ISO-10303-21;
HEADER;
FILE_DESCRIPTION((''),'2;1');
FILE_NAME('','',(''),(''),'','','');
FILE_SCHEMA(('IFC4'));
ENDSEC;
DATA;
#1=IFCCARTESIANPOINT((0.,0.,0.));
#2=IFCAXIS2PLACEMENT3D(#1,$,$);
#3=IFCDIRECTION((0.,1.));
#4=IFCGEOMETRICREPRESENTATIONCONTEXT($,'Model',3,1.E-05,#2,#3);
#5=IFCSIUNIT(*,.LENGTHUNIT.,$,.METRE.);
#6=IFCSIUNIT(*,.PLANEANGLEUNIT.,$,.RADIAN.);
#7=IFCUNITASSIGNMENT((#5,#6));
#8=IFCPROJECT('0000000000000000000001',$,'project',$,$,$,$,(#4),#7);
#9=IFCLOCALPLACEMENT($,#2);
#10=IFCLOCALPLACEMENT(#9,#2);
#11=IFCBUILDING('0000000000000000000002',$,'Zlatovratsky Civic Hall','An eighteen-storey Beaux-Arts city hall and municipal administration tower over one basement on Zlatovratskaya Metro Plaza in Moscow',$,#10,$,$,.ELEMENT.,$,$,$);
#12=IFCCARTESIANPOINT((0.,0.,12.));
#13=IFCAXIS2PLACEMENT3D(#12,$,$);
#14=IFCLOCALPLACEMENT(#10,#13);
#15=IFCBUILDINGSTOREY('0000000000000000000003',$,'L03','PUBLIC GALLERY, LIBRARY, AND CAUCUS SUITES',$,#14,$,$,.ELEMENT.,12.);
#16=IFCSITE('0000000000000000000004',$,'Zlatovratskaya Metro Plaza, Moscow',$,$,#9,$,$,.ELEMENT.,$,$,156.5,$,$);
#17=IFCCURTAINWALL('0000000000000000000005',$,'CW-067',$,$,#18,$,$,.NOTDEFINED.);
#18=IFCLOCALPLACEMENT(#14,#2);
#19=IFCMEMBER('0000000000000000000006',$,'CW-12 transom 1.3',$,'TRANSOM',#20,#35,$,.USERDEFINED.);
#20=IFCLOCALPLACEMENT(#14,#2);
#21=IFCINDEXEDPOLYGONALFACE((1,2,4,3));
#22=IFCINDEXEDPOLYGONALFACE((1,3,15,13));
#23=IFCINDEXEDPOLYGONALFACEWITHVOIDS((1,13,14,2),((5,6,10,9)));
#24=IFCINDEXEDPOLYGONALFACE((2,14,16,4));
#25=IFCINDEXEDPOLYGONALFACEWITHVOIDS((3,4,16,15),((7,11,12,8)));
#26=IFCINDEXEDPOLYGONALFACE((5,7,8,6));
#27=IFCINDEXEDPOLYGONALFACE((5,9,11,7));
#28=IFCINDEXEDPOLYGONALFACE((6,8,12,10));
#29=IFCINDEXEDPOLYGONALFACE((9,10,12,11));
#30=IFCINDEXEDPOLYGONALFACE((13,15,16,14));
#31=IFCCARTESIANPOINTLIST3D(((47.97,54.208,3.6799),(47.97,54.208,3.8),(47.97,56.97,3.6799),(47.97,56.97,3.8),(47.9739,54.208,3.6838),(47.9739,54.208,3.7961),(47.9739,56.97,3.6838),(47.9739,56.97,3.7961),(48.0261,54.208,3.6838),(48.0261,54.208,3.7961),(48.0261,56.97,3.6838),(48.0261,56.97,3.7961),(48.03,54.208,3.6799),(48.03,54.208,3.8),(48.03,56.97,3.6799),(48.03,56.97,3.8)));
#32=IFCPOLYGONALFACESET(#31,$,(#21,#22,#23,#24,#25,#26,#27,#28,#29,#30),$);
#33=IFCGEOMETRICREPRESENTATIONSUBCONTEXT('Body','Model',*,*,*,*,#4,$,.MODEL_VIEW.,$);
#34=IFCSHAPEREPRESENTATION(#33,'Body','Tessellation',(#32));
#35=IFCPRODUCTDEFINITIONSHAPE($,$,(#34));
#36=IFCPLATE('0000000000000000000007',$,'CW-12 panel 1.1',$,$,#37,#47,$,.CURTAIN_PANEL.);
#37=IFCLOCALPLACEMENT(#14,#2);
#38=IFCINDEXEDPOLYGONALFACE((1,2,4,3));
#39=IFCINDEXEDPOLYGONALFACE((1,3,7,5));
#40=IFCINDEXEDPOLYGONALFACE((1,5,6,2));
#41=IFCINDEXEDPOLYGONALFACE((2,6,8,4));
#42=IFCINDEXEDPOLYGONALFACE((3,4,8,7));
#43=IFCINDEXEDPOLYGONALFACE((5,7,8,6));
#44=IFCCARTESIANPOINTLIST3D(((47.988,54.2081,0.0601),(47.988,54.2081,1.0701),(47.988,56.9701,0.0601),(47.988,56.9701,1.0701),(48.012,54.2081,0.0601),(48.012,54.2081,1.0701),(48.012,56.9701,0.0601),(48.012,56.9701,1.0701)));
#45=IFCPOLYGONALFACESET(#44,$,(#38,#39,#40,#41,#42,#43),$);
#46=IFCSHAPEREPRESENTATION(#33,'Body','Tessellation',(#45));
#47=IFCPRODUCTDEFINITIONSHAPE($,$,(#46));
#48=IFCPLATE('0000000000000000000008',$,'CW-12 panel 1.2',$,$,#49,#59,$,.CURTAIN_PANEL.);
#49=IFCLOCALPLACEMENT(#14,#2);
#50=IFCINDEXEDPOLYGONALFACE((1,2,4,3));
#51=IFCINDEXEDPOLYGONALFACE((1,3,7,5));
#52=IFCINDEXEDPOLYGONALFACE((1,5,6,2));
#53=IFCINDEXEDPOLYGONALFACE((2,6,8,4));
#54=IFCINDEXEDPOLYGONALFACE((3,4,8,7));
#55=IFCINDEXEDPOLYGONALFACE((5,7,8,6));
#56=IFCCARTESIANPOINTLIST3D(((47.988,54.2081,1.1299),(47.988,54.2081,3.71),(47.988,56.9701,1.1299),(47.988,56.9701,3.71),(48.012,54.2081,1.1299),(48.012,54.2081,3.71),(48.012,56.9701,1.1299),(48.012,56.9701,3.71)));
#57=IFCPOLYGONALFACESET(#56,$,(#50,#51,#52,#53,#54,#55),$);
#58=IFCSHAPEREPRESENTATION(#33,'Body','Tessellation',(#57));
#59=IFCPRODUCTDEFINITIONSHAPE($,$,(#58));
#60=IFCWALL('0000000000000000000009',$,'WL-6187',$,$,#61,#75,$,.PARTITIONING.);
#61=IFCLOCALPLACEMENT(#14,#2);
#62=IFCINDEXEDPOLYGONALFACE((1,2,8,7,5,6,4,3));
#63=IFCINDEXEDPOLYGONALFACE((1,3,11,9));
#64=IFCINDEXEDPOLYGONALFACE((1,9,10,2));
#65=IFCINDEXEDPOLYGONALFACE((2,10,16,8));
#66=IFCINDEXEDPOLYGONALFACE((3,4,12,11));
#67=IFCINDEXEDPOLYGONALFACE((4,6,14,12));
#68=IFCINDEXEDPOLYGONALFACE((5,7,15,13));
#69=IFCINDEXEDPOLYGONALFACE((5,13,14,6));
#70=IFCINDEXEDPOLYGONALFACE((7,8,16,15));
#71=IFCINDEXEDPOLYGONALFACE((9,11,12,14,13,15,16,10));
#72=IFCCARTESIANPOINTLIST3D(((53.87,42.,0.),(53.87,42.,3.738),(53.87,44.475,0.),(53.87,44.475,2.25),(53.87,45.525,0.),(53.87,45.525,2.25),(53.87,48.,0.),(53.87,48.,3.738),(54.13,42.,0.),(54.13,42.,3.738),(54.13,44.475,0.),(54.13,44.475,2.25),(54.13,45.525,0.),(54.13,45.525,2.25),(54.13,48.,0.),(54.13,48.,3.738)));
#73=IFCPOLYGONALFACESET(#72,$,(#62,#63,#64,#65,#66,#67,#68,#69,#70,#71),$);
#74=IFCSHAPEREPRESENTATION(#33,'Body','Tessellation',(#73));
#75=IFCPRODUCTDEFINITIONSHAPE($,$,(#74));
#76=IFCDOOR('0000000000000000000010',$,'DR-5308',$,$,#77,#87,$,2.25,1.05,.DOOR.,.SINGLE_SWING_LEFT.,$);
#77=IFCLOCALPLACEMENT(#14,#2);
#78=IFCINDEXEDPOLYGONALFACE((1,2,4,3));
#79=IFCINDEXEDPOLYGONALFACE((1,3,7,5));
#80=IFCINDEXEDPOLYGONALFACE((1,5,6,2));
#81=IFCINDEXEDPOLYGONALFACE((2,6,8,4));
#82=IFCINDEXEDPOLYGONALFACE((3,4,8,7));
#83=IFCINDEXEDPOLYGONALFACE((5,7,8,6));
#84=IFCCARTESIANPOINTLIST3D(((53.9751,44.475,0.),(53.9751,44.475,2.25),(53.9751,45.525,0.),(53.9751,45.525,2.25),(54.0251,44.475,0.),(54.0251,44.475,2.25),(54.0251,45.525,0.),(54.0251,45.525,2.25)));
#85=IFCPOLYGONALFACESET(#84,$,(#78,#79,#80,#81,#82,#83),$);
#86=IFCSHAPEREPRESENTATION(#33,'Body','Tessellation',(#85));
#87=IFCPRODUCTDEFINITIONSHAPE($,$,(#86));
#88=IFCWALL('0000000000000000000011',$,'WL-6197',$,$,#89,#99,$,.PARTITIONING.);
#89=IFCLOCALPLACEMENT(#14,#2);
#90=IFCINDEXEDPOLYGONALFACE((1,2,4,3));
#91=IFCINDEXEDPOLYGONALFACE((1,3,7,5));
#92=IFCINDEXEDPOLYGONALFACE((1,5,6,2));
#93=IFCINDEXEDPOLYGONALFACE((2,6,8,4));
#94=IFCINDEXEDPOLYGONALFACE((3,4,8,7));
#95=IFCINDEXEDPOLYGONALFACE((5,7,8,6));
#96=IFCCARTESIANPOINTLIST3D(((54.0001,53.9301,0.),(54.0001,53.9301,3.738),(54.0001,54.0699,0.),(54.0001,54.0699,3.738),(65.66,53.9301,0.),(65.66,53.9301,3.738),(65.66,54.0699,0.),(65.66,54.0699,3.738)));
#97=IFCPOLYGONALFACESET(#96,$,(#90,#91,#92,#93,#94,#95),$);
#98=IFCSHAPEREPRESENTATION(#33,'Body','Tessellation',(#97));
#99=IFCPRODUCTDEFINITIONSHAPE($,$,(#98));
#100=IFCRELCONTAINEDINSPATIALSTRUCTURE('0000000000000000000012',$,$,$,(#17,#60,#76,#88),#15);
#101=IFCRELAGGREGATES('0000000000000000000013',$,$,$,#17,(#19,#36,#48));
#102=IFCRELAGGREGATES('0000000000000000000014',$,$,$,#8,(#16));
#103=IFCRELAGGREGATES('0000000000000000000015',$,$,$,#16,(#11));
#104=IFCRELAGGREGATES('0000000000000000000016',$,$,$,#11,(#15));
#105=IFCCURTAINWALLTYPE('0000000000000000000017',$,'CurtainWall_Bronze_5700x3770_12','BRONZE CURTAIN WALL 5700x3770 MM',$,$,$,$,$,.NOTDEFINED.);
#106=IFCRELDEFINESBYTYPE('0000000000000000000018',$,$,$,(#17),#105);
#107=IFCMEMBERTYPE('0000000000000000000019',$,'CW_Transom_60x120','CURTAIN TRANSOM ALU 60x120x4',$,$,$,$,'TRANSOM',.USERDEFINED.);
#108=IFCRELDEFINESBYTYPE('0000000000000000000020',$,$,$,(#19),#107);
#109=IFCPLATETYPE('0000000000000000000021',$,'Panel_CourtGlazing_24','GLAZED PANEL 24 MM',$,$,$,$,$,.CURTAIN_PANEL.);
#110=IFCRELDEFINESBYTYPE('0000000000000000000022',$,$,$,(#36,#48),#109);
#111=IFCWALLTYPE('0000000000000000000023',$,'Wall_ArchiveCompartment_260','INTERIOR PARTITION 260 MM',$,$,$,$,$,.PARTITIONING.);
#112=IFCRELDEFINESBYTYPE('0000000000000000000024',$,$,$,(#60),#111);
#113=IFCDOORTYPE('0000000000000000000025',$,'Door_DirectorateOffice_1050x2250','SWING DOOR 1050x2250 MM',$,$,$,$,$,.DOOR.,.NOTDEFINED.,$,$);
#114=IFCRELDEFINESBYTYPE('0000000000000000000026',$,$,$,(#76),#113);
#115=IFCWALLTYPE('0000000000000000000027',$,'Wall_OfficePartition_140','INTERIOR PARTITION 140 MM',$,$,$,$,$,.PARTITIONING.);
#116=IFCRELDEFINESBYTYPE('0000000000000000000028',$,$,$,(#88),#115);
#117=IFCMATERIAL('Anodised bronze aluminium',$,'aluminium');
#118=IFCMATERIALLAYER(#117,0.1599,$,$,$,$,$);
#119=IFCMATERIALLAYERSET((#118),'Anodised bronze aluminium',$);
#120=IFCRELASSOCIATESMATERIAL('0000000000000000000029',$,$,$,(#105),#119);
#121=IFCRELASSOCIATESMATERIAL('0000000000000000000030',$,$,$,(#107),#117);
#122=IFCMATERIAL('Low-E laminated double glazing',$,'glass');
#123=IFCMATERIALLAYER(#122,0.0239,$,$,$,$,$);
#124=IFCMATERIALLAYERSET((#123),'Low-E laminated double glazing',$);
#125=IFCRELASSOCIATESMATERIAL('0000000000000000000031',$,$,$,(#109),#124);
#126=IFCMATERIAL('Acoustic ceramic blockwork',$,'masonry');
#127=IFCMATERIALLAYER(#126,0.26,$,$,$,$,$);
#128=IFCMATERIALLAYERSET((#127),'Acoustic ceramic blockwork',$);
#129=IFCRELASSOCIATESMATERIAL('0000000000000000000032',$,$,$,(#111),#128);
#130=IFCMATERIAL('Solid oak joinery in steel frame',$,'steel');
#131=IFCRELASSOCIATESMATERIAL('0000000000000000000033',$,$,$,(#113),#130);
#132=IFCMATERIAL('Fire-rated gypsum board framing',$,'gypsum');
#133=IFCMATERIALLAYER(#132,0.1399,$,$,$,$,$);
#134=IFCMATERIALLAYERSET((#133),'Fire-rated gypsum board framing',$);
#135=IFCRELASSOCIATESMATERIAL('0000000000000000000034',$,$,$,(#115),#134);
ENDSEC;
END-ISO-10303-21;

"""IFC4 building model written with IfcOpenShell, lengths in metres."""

from ifc_helpers import new_model, si_unit, direction, frame, frame_2d, origin, origin_2d, place, context, subcontext, project, spatial, rectangle, hollow_rectangle, extrude, material, layer, layer_set, material_profile, profile_set, type_object, element, fill, aggregate, save


model = new_model("IFC4")

# Units and contexts
model_context = context("Model", 3, precision=1e-05, world=origin(), true_north=direction((0.0, 1.0)))
body_context = subcontext(model_context, "Body", "Model", "MODEL_VIEW")
ifc_project = project(units=[si_unit("LENGTHUNIT", "METRE"), si_unit("PLANEANGLEUNIT", "RADIAN")], contexts=[model_context])

# Site, building, storey
site_placement = place(None, origin())
site = spatial("IfcSite", under=ifc_project, at=site_placement, Name="Zlatovratskaya Metro Plaza, Moscow", CompositionType="ELEMENT", RefElevation=156.5)
building_placement = place(site_placement, origin())
building = spatial("IfcBuilding", under=site, at=building_placement, Name="Zlatovratsky Civic Hall", Description="An eighteen-storey Beaux-Arts city hall and municipal administration tower over one basement on Zlatovratskaya Metro Plaza in Moscow", CompositionType="ELEMENT")
storey_placement = place(building_placement, frame((0.0, 0.0, 12.0)))
storey = spatial("IfcBuildingStorey", under=building, at=storey_placement, Name="L03", Description="PUBLIC GALLERY, LIBRARY, AND CAUCUS SUITES", CompositionType="ELEMENT", Elevation=12.0)

# Curtain wall, member, plates
ifc_material_1 = material(Name="Anodised bronze aluminium", Category="aluminium")
ifc_layer_1 = layer(ifc_material_1, 0.1599)
ifc_layer_set_1 = layer_set([ifc_layer_1], Name="Anodised bronze aluminium")
curtain_wall_type = type_object("IfcCurtainWallType", Name="CurtainWall_Bronze_5700x3770_12", Description="BRONZE CURTAIN WALL 5700x3770 MM", PredefinedType="NOTDEFINED", material=ifc_layer_set_1)
curtain_wall_placement = place(storey_placement, origin())
curtain_wall = element("IfcCurtainWall", 1, at=curtain_wall_placement, inside=storey, type_object=curtain_wall_type, Name="CW-067", PredefinedType="NOTDEFINED")
ifc_material_profile_1 = material_profile(ifc_material_1, hollow_rectangle(XDim=0.0601, YDim=0.1201, WallThickness=0.0039, at=origin_2d()), Name="ALU 60x120x4")
ifc_profile_set_1 = profile_set([ifc_material_profile_1], Name="Anodised bronze aluminium")
member_type_1 = type_object("IfcMemberType", Name="CW_Transom_60x120", Description="CURTAIN TRANSOM ALU 60x120x4", ElementType="TRANSOM", PredefinedType="USERDEFINED", material=ifc_profile_set_1)
member_1_placement = place(storey_placement, frame((48.0, 54.208, 3.74), z_axis=(0.0, 1.0, 0.0), x_axis=(-1.0, 0.0, 0.0)))
member_1 = element("IfcMember", 2, at=member_1_placement, type_object=member_type_1, Name="CW-12 transom 1.3", ObjectType="TRANSOM", PredefinedType="USERDEFINED", context=body_context, shape_type="SweptSolid", body=[
    extrude(hollow_rectangle(XDim=0.0601, YDim=0.1201, WallThickness=0.0039, at=origin_2d()), origin(), (0.0, 0.0, 1.0), 2.762),
])
ifc_material_2 = material(Name="Low-E laminated double glazing", Category="glass")
ifc_layer_2 = layer(ifc_material_2, 0.0239)
ifc_layer_set_2 = layer_set([ifc_layer_2], Name="Low-E laminated double glazing")
plate_type = type_object("IfcPlateType", Name="Panel_CourtGlazing_24", Description="GLAZED PANEL 24 MM", PredefinedType="CURTAIN_PANEL", material=ifc_layer_set_2)
plate_1_placement = place(storey_placement, frame((48.0, 55.5891, 0.0601), z_axis=(0.0, 0.0, 1.0), x_axis=(0.0, 1.0, 0.0)))
plate_1 = element("IfcPlate", 3, at=plate_1_placement, type_object=plate_type, Name="CW-12 panel 1.1", PredefinedType="CURTAIN_PANEL", context=body_context, shape_type="SweptSolid", body=[
    extrude(rectangle(XDim=2.762, YDim=0.0239, at=origin_2d()), origin(), (0.0, 0.0, 1.0), 1.01),
])
plate_2_placement = place(storey_placement, frame((48.0, 55.5891, 1.1299), z_axis=(0.0, 0.0, 1.0), x_axis=(0.0, 1.0, 0.0)))
plate_2 = element("IfcPlate", 4, at=plate_2_placement, type_object=plate_type, Name="CW-12 panel 1.2", PredefinedType="CURTAIN_PANEL", context=body_context, shape_type="SweptSolid", body=[
    extrude(rectangle(XDim=2.762, YDim=0.0239, at=origin_2d()), origin(), (0.0, 0.0, 1.0), 2.5801),
])
aggregate(curtain_wall, [member_1, plate_1, plate_2])

# Wall, opening, door
ifc_material_3 = material(Name="Acoustic ceramic blockwork", Category="masonry")
ifc_layer_3 = layer(ifc_material_3, 0.26)
ifc_layer_set_3 = layer_set([ifc_layer_3], Name="Acoustic ceramic blockwork")
wall_type_1 = type_object("IfcWallType", Name="Wall_ArchiveCompartment_260", Description="INTERIOR PARTITION 260 MM", PredefinedType="PARTITIONING", material=ifc_layer_set_3)
wall_1_placement = place(storey_placement, frame((54.0, 42.0, 0.0), z_axis=(0.0, 0.0, 1.0), x_axis=(0.0, 1.0, 0.0)))
wall_1 = element("IfcWall", 5, at=wall_1_placement, inside=storey, type_object=wall_type_1, Name="WL-6187", PredefinedType="PARTITIONING", context=body_context, shape_type="SweptSolid", body=[
    extrude(rectangle(XDim=6.0, YDim=0.26, at=frame_2d((3.0, 0.0))), origin(), (0.0, 0.0, 1.0), 3.738),
])
opening_placement = place(wall_1_placement, frame((2.4751, 0.0, 0.0)))
opening = element("IfcOpeningElement", 6, at=opening_placement, cuts=wall_1, PredefinedType="OPENING", context=body_context, shape_type="SweptSolid", body=[
    extrude(rectangle(XDim=1.05, YDim=2.25, at=frame_2d((0.5249, 1.125))), frame((0.0, 0.145, 0.0), z_axis=(0.0, -1.0, 0.0), x_axis=(1.0, 0.0, 0.0)), (0.0, 0.0, 1.0), 0.2898),
])
ifc_material_4 = material(Name="Solid oak joinery in steel frame", Category="steel")
door_type = type_object("IfcDoorType", Name="Door_DirectorateOffice_1050x2250", Description="SWING DOOR 1050x2250 MM", OperationType="NOTDEFINED", PredefinedType="DOOR", material=ifc_material_4)
door_placement = place(opening_placement, origin())
door = element("IfcDoor", 7, at=door_placement, inside=storey, type_object=door_type, Name="DR-5308", OperationType="SINGLE_SWING_LEFT", OverallHeight=2.25, OverallWidth=1.05, PredefinedType="DOOR", context=body_context, shape_type="SweptSolid", body=[
    extrude(rectangle(XDim=1.05, YDim=2.25, at=frame_2d((0.5249, 1.125))), frame((0.0, 0.0249, 0.0), z_axis=(0.0, -1.0, 0.0), x_axis=(1.0, 0.0, 0.0)), (0.0, 0.0, 1.0), 0.05),
])
fill(opening, door)

# Wall
ifc_material_5 = material(Name="Fire-rated gypsum board framing", Category="gypsum")
ifc_layer_4 = layer(ifc_material_5, 0.1399)
ifc_layer_set_4 = layer_set([ifc_layer_4], Name="Fire-rated gypsum board framing")
wall_type_2 = type_object("IfcWallType", Name="Wall_OfficePartition_140", Description="INTERIOR PARTITION 140 MM", PredefinedType="PARTITIONING", material=ifc_layer_set_4)
wall_2_placement = place(storey_placement, frame((54.0, 54.0, 0.0), z_axis=(0.0, 0.0, 1.0), x_axis=(1.0, 0.0, 0.0)))
element("IfcWall", 8, at=wall_2_placement, inside=storey, type_object=wall_type_2, Name="WL-6197", PredefinedType="PARTITIONING", context=body_context, shape_type="SweptSolid", body=[
    extrude(rectangle(XDim=11.6599, YDim=0.1399, at=frame_2d((5.8301, 0.0))), origin(), (0.0, 0.0, 1.0), 3.738),
])

save(model, "model.ifc")
